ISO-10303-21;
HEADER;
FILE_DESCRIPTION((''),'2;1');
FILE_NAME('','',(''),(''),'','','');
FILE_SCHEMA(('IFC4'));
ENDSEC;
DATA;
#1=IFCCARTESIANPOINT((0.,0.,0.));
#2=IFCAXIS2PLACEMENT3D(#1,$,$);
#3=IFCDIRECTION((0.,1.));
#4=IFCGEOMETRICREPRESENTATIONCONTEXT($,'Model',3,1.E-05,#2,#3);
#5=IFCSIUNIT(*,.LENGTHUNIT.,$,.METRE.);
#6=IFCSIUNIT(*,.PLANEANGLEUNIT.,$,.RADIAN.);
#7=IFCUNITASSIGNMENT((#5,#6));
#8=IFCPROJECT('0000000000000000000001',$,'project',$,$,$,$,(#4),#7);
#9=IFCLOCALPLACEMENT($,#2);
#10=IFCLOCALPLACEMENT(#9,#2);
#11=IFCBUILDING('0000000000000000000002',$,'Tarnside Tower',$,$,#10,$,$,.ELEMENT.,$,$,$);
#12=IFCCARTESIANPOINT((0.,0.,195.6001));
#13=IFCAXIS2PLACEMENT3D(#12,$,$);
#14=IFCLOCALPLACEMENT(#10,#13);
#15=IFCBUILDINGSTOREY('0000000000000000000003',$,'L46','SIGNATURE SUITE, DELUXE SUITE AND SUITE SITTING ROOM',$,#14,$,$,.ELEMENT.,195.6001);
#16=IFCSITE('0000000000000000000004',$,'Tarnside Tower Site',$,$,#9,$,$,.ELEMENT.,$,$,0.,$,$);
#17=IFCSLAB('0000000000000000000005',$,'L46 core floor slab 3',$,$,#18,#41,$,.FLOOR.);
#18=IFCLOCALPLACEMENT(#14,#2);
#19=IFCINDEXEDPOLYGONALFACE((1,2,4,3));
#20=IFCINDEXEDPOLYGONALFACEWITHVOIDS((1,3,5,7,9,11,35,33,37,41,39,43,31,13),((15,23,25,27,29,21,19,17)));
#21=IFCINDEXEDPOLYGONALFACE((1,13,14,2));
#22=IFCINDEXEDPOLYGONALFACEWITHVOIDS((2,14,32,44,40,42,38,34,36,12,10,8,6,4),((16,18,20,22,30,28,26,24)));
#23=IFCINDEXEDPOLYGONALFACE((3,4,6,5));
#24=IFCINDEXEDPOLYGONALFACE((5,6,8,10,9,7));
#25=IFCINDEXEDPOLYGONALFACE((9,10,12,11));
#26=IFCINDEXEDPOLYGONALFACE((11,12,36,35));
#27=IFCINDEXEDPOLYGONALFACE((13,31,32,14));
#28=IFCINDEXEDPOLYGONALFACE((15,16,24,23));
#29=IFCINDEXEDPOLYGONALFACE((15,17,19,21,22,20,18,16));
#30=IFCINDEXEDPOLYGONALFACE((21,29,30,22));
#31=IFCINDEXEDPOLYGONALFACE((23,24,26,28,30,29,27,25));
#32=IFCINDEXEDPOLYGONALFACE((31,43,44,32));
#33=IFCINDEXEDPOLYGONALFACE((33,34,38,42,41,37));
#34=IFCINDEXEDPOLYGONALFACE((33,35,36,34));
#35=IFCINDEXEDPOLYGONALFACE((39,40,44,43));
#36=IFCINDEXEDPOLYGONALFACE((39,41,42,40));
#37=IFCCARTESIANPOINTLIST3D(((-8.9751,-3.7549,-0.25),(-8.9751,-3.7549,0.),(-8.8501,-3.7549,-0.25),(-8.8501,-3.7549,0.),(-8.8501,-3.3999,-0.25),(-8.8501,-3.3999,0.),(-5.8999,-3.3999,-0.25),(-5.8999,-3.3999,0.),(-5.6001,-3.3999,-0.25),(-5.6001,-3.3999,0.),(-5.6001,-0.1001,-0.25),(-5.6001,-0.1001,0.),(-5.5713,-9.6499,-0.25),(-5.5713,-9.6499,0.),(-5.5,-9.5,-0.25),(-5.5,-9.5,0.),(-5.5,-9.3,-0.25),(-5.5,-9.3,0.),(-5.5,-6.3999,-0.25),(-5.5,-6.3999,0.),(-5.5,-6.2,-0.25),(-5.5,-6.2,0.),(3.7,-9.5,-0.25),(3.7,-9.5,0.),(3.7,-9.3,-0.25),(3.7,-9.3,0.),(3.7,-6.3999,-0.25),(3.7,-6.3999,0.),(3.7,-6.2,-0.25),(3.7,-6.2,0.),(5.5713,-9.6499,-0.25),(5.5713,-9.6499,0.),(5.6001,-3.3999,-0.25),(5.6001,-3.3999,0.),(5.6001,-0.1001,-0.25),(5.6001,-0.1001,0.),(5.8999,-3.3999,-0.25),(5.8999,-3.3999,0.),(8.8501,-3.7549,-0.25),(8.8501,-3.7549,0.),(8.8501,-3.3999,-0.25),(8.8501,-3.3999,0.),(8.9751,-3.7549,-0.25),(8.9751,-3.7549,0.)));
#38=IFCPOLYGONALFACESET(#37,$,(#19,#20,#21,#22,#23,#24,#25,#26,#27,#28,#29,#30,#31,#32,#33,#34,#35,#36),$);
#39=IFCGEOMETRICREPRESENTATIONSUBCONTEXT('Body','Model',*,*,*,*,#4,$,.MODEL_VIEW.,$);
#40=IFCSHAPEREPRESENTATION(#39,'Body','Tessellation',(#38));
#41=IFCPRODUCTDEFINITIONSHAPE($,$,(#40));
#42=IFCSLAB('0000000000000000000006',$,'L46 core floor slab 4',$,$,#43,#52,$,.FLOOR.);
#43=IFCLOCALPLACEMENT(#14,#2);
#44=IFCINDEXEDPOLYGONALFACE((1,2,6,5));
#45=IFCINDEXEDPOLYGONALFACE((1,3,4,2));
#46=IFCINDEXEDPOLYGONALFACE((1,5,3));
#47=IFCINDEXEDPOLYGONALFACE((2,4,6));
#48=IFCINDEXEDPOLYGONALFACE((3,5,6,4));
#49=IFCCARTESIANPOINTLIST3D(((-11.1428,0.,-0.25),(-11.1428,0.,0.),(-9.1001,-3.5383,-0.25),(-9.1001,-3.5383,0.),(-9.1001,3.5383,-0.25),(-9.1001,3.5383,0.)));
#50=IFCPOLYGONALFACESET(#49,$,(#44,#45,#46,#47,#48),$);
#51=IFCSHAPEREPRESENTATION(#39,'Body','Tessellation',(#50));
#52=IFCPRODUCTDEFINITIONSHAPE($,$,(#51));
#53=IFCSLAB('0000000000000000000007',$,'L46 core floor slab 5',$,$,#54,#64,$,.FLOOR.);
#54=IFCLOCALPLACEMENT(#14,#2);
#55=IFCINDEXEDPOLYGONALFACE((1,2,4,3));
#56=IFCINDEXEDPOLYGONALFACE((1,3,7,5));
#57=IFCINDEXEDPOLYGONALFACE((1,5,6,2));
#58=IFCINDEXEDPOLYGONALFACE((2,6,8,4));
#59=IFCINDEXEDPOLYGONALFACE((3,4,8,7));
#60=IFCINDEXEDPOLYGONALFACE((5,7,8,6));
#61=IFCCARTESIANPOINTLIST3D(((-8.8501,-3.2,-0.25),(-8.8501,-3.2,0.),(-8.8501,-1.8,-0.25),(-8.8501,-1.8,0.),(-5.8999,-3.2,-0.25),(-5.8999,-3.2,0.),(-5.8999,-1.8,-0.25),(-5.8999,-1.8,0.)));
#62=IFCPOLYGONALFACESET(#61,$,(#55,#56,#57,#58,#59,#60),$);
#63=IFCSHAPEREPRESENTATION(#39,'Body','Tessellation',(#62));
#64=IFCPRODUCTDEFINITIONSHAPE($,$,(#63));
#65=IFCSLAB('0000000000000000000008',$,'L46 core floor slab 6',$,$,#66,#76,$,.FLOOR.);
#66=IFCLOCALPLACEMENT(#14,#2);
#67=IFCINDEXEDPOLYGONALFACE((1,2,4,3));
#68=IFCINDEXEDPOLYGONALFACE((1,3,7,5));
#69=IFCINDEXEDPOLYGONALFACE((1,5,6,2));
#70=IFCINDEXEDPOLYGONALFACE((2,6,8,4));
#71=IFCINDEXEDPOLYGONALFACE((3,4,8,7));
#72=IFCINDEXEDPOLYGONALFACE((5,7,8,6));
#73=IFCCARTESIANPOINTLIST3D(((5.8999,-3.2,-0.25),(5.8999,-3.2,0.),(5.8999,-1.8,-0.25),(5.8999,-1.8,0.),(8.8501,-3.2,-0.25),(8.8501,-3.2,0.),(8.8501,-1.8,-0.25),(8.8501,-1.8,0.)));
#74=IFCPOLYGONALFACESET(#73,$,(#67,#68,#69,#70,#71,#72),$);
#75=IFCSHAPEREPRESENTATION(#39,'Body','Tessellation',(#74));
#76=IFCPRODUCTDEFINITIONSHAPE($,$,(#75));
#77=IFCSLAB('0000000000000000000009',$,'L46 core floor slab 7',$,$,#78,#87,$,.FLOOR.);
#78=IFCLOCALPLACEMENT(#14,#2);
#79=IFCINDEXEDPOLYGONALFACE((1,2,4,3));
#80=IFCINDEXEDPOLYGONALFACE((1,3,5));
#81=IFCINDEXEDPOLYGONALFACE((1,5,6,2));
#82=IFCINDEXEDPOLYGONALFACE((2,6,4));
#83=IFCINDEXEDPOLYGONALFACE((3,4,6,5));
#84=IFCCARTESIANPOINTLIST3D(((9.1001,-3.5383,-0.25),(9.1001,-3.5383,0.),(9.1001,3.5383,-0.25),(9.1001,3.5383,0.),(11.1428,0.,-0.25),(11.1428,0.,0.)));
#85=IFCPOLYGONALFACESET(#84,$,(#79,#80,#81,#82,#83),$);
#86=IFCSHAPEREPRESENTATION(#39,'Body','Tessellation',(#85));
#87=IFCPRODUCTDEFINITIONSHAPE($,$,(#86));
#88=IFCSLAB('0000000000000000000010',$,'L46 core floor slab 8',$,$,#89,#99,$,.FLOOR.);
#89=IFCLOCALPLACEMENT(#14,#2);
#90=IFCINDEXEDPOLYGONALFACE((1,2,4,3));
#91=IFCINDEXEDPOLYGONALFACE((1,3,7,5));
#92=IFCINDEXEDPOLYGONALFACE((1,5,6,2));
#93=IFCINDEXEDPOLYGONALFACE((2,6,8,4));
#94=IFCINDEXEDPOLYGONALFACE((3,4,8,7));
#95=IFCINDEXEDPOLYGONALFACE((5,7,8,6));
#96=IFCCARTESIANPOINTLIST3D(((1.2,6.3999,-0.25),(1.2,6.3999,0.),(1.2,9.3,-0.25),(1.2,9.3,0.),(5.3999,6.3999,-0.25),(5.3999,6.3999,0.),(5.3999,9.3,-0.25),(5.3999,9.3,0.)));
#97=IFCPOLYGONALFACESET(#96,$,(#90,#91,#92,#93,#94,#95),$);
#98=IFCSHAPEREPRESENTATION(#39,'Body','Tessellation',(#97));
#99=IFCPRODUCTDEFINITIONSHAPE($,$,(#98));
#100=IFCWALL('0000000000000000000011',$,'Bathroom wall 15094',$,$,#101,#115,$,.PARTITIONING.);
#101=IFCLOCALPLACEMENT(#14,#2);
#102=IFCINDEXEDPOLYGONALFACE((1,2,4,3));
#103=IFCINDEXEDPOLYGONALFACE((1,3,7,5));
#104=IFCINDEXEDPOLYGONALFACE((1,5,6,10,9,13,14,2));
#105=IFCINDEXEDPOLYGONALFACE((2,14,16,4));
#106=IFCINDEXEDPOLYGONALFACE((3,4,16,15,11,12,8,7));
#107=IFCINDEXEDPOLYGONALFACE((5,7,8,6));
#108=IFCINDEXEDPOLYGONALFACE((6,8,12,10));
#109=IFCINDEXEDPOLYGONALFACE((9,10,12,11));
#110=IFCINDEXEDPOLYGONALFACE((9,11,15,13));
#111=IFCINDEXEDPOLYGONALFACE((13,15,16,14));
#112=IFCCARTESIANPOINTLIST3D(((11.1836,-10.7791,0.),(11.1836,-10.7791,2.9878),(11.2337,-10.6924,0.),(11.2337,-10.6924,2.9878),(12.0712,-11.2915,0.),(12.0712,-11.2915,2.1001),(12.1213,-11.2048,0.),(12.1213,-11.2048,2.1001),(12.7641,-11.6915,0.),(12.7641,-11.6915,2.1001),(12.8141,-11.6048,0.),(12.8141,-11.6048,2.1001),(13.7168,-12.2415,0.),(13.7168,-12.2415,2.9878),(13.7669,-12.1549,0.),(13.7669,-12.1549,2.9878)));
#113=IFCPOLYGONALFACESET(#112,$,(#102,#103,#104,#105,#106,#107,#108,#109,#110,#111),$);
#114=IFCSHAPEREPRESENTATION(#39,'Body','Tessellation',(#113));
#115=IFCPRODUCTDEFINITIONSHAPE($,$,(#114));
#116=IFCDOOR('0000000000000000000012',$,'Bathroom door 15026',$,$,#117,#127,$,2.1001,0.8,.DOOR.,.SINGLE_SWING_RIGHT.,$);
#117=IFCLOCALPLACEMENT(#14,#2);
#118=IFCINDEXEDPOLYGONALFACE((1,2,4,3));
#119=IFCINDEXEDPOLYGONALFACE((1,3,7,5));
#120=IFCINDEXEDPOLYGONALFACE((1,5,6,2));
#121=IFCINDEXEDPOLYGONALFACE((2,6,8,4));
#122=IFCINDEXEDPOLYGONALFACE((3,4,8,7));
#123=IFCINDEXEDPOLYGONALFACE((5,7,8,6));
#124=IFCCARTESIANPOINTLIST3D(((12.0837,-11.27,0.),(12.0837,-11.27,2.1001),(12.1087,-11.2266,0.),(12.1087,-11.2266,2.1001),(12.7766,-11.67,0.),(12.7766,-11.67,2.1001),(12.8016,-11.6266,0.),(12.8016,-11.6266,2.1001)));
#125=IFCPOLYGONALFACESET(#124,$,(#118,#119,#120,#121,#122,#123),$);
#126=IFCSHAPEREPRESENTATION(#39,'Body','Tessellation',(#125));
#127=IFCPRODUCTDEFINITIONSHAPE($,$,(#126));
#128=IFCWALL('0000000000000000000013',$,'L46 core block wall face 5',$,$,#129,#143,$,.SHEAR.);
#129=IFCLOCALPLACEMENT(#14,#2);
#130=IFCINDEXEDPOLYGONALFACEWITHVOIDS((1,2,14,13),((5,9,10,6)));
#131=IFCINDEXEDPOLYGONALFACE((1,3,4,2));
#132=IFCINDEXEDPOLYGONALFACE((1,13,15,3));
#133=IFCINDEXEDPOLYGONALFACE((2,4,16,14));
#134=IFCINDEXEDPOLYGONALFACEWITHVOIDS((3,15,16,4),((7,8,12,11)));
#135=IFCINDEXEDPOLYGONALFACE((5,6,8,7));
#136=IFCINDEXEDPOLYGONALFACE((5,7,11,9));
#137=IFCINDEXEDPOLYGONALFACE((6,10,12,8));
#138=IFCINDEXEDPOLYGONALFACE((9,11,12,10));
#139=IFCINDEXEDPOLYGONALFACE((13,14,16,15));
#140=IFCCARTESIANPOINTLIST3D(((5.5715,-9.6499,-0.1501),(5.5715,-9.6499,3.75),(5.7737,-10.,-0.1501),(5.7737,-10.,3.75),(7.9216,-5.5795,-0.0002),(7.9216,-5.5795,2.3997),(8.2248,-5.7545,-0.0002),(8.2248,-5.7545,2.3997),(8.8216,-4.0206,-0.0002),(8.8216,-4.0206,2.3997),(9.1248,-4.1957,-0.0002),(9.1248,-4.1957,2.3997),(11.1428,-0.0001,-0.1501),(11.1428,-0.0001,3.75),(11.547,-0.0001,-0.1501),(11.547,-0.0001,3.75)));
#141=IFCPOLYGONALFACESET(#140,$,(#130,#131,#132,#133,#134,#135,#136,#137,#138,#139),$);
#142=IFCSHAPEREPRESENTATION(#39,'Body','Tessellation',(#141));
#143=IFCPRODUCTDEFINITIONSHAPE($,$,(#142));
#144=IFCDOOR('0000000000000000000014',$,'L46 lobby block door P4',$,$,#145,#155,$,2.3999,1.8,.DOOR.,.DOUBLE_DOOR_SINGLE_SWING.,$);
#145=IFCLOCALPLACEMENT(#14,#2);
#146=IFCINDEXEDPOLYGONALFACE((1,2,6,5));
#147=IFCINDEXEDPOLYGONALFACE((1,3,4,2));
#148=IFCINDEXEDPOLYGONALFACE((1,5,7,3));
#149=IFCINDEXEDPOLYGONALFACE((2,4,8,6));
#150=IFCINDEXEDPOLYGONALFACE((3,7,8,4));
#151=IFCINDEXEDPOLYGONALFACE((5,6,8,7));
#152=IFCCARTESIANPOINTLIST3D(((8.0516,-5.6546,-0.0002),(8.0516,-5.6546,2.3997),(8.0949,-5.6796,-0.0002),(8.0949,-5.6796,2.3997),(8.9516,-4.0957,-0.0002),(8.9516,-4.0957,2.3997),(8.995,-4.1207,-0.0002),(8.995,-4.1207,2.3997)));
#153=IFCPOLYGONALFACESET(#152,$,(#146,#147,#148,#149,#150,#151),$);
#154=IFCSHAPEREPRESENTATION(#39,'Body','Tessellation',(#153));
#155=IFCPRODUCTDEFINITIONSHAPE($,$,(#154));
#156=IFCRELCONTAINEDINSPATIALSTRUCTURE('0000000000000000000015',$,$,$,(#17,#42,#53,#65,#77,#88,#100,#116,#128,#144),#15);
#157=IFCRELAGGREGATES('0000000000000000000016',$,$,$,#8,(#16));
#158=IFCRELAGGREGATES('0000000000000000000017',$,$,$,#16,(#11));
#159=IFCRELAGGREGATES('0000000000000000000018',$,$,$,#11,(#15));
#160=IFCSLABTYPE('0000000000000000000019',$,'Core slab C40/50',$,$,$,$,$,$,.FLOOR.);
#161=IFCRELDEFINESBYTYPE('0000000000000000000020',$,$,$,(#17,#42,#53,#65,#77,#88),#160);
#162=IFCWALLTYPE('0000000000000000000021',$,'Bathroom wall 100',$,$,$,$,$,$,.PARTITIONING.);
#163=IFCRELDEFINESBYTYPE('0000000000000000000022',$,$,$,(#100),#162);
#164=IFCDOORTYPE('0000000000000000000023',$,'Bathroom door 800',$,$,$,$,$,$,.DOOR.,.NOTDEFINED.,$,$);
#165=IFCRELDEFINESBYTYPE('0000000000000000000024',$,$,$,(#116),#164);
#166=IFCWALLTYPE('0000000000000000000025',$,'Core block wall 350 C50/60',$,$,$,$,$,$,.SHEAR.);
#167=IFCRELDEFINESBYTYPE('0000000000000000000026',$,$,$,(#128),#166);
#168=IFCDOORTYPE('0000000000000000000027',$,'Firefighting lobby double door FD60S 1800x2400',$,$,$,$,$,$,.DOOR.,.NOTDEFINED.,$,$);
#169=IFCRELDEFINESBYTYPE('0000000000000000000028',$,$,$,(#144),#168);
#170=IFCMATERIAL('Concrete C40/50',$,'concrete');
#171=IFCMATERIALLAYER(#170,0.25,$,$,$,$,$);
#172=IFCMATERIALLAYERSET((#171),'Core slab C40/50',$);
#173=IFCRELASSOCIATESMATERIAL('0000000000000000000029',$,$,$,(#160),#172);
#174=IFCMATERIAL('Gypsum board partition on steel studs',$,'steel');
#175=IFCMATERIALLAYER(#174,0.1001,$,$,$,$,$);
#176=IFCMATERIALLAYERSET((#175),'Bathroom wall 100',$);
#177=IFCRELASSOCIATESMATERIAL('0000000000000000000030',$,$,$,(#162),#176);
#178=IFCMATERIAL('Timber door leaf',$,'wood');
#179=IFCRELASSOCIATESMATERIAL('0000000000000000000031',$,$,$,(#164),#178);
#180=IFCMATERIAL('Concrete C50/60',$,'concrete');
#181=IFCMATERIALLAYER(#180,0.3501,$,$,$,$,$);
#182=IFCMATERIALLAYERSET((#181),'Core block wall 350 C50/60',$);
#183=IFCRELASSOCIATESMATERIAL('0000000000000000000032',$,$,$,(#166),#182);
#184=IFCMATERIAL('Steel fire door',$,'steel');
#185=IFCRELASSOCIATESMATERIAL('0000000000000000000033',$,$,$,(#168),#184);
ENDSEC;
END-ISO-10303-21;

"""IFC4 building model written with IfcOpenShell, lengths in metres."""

from ifc_helpers import new_model, si_unit, direction, frame, frame_2d, origin, place, context, subcontext, project, spatial, polyline, rectangle, outline, extrude, material, layer, layer_set, type_object, element, fill, save


model = new_model("IFC4")

# Units and contexts
model_context = context("Model", 3, precision=1e-05, world=origin(), true_north=direction((0.0, 1.0)))
body_context = subcontext(model_context, "Body", "Model", "MODEL_VIEW")
ifc_project = project(units=[si_unit("LENGTHUNIT", "METRE"), si_unit("PLANEANGLEUNIT", "RADIAN")], contexts=[model_context])

# Site, building, storey
site_placement = place(None, origin())
site = spatial("IfcSite", under=ifc_project, at=site_placement, Name="Tarnside Tower Site", CompositionType="ELEMENT", RefElevation=0.0)
building_placement = place(site_placement, origin())
building = spatial("IfcBuilding", under=site, at=building_placement, Name="Tarnside Tower", CompositionType="ELEMENT")
storey_placement = place(building_placement, frame((0.0, 0.0, 195.6001)))
storey = spatial("IfcBuildingStorey", under=building, at=storey_placement, Name="L46", Description="SIGNATURE SUITE, DELUXE SUITE AND SUITE SITTING ROOM", CompositionType="ELEMENT", Elevation=195.6001)

# Slabs
ifc_material_1 = material(Name="Concrete C40/50", Category="concrete")
ifc_layer_1 = layer(ifc_material_1, 0.25)
ifc_layer_set_1 = layer_set([ifc_layer_1], Name="Core slab C40/50")
slab_type = type_object("IfcSlabType", Name="Core slab C40/50", PredefinedType="FLOOR", material=ifc_layer_set_1)
slab_1_placement = place(storey_placement, frame((0.0, 0.0, -0.25)))
element("IfcSlab", 1, at=slab_1_placement, inside=storey, type_object=slab_type, Name="L46 core floor slab 3", PredefinedType="FLOOR", context=body_context, shape_type="SweptSolid", body=[
    extrude(outline(polyline([(5.6001, -3.3999), (5.8999, -3.3999), (8.8501, -3.3999), (8.8501, -3.7549), (8.9751, -3.7549), (5.5713, -9.6499), (-5.5713, -9.6499), (-8.9751, -3.7549), (-8.8501, -3.7549), (-8.8501, -3.3999), (-5.8999, -3.3999), (-5.6001, -3.3999), (-5.6001, -0.1001), (5.6001, -0.1001), (5.6001, -3.3999)]), holes=[polyline([(-5.5, -9.3), (-5.5, -9.5), (3.7, -9.5), (3.7, -9.3), (3.7, -6.3999), (3.7, -6.2), (-5.5, -6.2), (-5.5, -6.3999), (-5.5, -9.3)])]), origin(), (0.0, 0.0, 1.0), 0.25),
])
slab_2_placement = place(storey_placement, frame((0.0, 0.0, -0.25)))
element("IfcSlab", 2, at=slab_2_placement, inside=storey, type_object=slab_type, Name="L46 core floor slab 4", PredefinedType="FLOOR", context=body_context, shape_type="SweptSolid", body=[
    extrude(outline(polyline([(-11.1428, 0.0), (-9.1001, 3.5383), (-9.1001, -3.5383), (-11.1428, 0.0)])), origin(), (0.0, 0.0, 1.0), 0.25),
])
slab_3_placement = place(storey_placement, frame((0.0, 0.0, -0.25)))
element("IfcSlab", 3, at=slab_3_placement, inside=storey, type_object=slab_type, Name="L46 core floor slab 5", PredefinedType="FLOOR", context=body_context, shape_type="SweptSolid", body=[
    extrude(outline(polyline([(-8.8501, -1.8), (-5.8999, -1.8), (-5.8999, -3.2), (-8.8501, -3.2), (-8.8501, -1.8)])), origin(), (0.0, 0.0, 1.0), 0.25),
])
slab_4_placement = place(storey_placement, frame((0.0, 0.0, -0.25)))
element("IfcSlab", 4, at=slab_4_placement, inside=storey, type_object=slab_type, Name="L46 core floor slab 6", PredefinedType="FLOOR", context=body_context, shape_type="SweptSolid", body=[
    extrude(outline(polyline([(5.8999, -3.2), (5.8999, -1.8), (8.8501, -1.8), (8.8501, -3.2), (5.8999, -3.2)])), origin(), (0.0, 0.0, 1.0), 0.25),
])
slab_5_placement = place(storey_placement, frame((0.0, 0.0, -0.25)))
element("IfcSlab", 5, at=slab_5_placement, inside=storey, type_object=slab_type, Name="L46 core floor slab 7", PredefinedType="FLOOR", context=body_context, shape_type="SweptSolid", body=[
    extrude(outline(polyline([(9.1001, -3.5383), (9.1001, 3.5383), (11.1428, 0.0), (9.1001, -3.5383)])), origin(), (0.0, 0.0, 1.0), 0.25),
])
slab_6_placement = place(storey_placement, frame((0.0, 0.0, -0.25)))
element("IfcSlab", 6, at=slab_6_placement, inside=storey, type_object=slab_type, Name="L46 core floor slab 8", PredefinedType="FLOOR", context=body_context, shape_type="SweptSolid", body=[
    extrude(outline(polyline([(5.3999, 9.3), (5.3999, 6.3999), (1.2, 6.3999), (1.2, 9.3), (5.3999, 9.3)])), origin(), (0.0, 0.0, 1.0), 0.25),
])

# Walls, openings, doors
ifc_material_2 = material(Name="Gypsum board partition on steel studs", Category="steel")
ifc_layer_2 = layer(ifc_material_2, 0.1001)
ifc_layer_set_2 = layer_set([ifc_layer_2], Name="Bathroom wall 100")
wall_type_1 = type_object("IfcWallType", Name="Bathroom wall 100", PredefinedType="PARTITIONING", material=ifc_layer_set_2)
wall_1_placement = place(storey_placement, frame((11.2087, -10.7358, 0.0), z_axis=(0.0, 0.0, 1.0), x_axis=(0.866047, -0.499963, 0.0)))
wall_1 = element("IfcWall", 7, at=wall_1_placement, inside=storey, type_object=wall_type_1, Name="Bathroom wall 15094", PredefinedType="PARTITIONING", context=body_context, shape_type="SweptSolid", body=[
    extrude(rectangle(XDim=2.925, YDim=0.1001, at=frame_2d((1.4624, 0.0))), origin(), (0.0, 0.0, 1.0), 2.9878),
])
opening_1_placement = place(wall_1_placement, frame((1.0249, 0.0, 0.0)))
opening_1 = element("IfcOpeningElement", 8, at=opening_1_placement, cuts=wall_1, PredefinedType="OPENING", context=body_context, shape_type="SweptSolid", body=[
    extrude(rectangle(XDim=0.8, YDim=2.1001, at=frame_2d((0.3999, 1.05))), frame((0.0, 0.0601, 0.0), z_axis=(0.0, -1.0, 0.0), x_axis=(1.0, 0.0, 0.0)), (0.0, 0.0, 1.0), 0.1201),
])
ifc_material_3 = material(Name="Timber door leaf", Category="wood")
door_type_1 = type_object("IfcDoorType", Name="Bathroom door 800", OperationType="NOTDEFINED", PredefinedType="DOOR", material=ifc_material_3)
door_1_placement = place(opening_1_placement, origin())
door_1 = element("IfcDoor", 9, at=door_1_placement, inside=storey, type_object=door_type_1, Name="Bathroom door 15026", OperationType="SINGLE_SWING_RIGHT", OverallHeight=2.1001, OverallWidth=0.8, PredefinedType="DOOR", context=body_context, shape_type="SweptSolid", body=[
    extrude(rectangle(XDim=0.8, YDim=2.1001, at=frame_2d((0.3999, 1.05))), frame((0.0, 0.0249, 0.0), z_axis=(0.0, -1.0, 0.0), x_axis=(1.0, 0.0, 0.0)), (0.0, 0.0, 1.0), 0.05),
])
fill(opening_1, door_1)
ifc_material_4 = material(Name="Concrete C50/60", Category="concrete")
ifc_layer_3 = layer(ifc_material_4, 0.3501)
ifc_layer_set_3 = layer_set([ifc_layer_3], Name="Core block wall 350 C50/60")
wall_type_2 = type_object("IfcWallType", Name="Core block wall 350 C50/60", PredefinedType="SHEAR", material=ifc_layer_set_3)
wall_2_placement = place(storey_placement, frame((5.6726, -9.825, -0.1501), z_axis=(0.0, 0.0, 1.0), x_axis=(0.499995, 0.866028, 0.0)))
wall_2 = element("IfcWall", 10, at=wall_2_placement, inside=storey, type_object=wall_type_2, Name="L46 core block wall face 5", PredefinedType="SHEAR", context=body_context, shape_type="SweptSolid", body=[
    extrude(outline(polyline([(-0.1011, -0.175), (11.4458, -0.175), (11.2437, 0.175), (0.1011, 0.175), (-0.1011, -0.175)])), origin(), (0.0, 0.0, 1.0), 3.9001),
])
opening_2_placement = place(wall_2_placement, frame((4.8013, 0.0, 0.1499)))
opening_2 = element("IfcOpeningElement", 11, at=opening_2_placement, cuts=wall_2, PredefinedType="OPENING", context=body_context, shape_type="SweptSolid", body=[
    extrude(rectangle(XDim=1.8, YDim=2.3999, at=frame_2d((0.8999, 1.2))), frame((0.0, 0.1851, 0.0), z_axis=(0.0, -1.0, 0.0), x_axis=(1.0, 0.0, 0.0)), (0.0, 0.0, 1.0), 0.3701),
])
ifc_material_5 = material(Name="Steel fire door", Category="steel")
door_type_2 = type_object("IfcDoorType", Name="Firefighting lobby double door FD60S 1800x2400", OperationType="NOTDEFINED", PredefinedType="DOOR", material=ifc_material_5)
door_2_placement = place(opening_2_placement, origin())
door_2 = element("IfcDoor", 12, at=door_2_placement, inside=storey, type_object=door_type_2, Name="L46 lobby block door P4", OperationType="DOUBLE_DOOR_SINGLE_SWING", OverallHeight=2.3999, OverallWidth=1.8, PredefinedType="DOOR", context=body_context, shape_type="SweptSolid", body=[
    extrude(rectangle(XDim=1.8, YDim=2.3999, at=frame_2d((0.8999, 1.2))), frame((0.0, 0.0249, 0.0), z_axis=(0.0, -1.0, 0.0), x_axis=(1.0, 0.0, 0.0)), (0.0, 0.0, 1.0), 0.05),
])
fill(opening_2, door_2)

save(model, "model.ifc")
